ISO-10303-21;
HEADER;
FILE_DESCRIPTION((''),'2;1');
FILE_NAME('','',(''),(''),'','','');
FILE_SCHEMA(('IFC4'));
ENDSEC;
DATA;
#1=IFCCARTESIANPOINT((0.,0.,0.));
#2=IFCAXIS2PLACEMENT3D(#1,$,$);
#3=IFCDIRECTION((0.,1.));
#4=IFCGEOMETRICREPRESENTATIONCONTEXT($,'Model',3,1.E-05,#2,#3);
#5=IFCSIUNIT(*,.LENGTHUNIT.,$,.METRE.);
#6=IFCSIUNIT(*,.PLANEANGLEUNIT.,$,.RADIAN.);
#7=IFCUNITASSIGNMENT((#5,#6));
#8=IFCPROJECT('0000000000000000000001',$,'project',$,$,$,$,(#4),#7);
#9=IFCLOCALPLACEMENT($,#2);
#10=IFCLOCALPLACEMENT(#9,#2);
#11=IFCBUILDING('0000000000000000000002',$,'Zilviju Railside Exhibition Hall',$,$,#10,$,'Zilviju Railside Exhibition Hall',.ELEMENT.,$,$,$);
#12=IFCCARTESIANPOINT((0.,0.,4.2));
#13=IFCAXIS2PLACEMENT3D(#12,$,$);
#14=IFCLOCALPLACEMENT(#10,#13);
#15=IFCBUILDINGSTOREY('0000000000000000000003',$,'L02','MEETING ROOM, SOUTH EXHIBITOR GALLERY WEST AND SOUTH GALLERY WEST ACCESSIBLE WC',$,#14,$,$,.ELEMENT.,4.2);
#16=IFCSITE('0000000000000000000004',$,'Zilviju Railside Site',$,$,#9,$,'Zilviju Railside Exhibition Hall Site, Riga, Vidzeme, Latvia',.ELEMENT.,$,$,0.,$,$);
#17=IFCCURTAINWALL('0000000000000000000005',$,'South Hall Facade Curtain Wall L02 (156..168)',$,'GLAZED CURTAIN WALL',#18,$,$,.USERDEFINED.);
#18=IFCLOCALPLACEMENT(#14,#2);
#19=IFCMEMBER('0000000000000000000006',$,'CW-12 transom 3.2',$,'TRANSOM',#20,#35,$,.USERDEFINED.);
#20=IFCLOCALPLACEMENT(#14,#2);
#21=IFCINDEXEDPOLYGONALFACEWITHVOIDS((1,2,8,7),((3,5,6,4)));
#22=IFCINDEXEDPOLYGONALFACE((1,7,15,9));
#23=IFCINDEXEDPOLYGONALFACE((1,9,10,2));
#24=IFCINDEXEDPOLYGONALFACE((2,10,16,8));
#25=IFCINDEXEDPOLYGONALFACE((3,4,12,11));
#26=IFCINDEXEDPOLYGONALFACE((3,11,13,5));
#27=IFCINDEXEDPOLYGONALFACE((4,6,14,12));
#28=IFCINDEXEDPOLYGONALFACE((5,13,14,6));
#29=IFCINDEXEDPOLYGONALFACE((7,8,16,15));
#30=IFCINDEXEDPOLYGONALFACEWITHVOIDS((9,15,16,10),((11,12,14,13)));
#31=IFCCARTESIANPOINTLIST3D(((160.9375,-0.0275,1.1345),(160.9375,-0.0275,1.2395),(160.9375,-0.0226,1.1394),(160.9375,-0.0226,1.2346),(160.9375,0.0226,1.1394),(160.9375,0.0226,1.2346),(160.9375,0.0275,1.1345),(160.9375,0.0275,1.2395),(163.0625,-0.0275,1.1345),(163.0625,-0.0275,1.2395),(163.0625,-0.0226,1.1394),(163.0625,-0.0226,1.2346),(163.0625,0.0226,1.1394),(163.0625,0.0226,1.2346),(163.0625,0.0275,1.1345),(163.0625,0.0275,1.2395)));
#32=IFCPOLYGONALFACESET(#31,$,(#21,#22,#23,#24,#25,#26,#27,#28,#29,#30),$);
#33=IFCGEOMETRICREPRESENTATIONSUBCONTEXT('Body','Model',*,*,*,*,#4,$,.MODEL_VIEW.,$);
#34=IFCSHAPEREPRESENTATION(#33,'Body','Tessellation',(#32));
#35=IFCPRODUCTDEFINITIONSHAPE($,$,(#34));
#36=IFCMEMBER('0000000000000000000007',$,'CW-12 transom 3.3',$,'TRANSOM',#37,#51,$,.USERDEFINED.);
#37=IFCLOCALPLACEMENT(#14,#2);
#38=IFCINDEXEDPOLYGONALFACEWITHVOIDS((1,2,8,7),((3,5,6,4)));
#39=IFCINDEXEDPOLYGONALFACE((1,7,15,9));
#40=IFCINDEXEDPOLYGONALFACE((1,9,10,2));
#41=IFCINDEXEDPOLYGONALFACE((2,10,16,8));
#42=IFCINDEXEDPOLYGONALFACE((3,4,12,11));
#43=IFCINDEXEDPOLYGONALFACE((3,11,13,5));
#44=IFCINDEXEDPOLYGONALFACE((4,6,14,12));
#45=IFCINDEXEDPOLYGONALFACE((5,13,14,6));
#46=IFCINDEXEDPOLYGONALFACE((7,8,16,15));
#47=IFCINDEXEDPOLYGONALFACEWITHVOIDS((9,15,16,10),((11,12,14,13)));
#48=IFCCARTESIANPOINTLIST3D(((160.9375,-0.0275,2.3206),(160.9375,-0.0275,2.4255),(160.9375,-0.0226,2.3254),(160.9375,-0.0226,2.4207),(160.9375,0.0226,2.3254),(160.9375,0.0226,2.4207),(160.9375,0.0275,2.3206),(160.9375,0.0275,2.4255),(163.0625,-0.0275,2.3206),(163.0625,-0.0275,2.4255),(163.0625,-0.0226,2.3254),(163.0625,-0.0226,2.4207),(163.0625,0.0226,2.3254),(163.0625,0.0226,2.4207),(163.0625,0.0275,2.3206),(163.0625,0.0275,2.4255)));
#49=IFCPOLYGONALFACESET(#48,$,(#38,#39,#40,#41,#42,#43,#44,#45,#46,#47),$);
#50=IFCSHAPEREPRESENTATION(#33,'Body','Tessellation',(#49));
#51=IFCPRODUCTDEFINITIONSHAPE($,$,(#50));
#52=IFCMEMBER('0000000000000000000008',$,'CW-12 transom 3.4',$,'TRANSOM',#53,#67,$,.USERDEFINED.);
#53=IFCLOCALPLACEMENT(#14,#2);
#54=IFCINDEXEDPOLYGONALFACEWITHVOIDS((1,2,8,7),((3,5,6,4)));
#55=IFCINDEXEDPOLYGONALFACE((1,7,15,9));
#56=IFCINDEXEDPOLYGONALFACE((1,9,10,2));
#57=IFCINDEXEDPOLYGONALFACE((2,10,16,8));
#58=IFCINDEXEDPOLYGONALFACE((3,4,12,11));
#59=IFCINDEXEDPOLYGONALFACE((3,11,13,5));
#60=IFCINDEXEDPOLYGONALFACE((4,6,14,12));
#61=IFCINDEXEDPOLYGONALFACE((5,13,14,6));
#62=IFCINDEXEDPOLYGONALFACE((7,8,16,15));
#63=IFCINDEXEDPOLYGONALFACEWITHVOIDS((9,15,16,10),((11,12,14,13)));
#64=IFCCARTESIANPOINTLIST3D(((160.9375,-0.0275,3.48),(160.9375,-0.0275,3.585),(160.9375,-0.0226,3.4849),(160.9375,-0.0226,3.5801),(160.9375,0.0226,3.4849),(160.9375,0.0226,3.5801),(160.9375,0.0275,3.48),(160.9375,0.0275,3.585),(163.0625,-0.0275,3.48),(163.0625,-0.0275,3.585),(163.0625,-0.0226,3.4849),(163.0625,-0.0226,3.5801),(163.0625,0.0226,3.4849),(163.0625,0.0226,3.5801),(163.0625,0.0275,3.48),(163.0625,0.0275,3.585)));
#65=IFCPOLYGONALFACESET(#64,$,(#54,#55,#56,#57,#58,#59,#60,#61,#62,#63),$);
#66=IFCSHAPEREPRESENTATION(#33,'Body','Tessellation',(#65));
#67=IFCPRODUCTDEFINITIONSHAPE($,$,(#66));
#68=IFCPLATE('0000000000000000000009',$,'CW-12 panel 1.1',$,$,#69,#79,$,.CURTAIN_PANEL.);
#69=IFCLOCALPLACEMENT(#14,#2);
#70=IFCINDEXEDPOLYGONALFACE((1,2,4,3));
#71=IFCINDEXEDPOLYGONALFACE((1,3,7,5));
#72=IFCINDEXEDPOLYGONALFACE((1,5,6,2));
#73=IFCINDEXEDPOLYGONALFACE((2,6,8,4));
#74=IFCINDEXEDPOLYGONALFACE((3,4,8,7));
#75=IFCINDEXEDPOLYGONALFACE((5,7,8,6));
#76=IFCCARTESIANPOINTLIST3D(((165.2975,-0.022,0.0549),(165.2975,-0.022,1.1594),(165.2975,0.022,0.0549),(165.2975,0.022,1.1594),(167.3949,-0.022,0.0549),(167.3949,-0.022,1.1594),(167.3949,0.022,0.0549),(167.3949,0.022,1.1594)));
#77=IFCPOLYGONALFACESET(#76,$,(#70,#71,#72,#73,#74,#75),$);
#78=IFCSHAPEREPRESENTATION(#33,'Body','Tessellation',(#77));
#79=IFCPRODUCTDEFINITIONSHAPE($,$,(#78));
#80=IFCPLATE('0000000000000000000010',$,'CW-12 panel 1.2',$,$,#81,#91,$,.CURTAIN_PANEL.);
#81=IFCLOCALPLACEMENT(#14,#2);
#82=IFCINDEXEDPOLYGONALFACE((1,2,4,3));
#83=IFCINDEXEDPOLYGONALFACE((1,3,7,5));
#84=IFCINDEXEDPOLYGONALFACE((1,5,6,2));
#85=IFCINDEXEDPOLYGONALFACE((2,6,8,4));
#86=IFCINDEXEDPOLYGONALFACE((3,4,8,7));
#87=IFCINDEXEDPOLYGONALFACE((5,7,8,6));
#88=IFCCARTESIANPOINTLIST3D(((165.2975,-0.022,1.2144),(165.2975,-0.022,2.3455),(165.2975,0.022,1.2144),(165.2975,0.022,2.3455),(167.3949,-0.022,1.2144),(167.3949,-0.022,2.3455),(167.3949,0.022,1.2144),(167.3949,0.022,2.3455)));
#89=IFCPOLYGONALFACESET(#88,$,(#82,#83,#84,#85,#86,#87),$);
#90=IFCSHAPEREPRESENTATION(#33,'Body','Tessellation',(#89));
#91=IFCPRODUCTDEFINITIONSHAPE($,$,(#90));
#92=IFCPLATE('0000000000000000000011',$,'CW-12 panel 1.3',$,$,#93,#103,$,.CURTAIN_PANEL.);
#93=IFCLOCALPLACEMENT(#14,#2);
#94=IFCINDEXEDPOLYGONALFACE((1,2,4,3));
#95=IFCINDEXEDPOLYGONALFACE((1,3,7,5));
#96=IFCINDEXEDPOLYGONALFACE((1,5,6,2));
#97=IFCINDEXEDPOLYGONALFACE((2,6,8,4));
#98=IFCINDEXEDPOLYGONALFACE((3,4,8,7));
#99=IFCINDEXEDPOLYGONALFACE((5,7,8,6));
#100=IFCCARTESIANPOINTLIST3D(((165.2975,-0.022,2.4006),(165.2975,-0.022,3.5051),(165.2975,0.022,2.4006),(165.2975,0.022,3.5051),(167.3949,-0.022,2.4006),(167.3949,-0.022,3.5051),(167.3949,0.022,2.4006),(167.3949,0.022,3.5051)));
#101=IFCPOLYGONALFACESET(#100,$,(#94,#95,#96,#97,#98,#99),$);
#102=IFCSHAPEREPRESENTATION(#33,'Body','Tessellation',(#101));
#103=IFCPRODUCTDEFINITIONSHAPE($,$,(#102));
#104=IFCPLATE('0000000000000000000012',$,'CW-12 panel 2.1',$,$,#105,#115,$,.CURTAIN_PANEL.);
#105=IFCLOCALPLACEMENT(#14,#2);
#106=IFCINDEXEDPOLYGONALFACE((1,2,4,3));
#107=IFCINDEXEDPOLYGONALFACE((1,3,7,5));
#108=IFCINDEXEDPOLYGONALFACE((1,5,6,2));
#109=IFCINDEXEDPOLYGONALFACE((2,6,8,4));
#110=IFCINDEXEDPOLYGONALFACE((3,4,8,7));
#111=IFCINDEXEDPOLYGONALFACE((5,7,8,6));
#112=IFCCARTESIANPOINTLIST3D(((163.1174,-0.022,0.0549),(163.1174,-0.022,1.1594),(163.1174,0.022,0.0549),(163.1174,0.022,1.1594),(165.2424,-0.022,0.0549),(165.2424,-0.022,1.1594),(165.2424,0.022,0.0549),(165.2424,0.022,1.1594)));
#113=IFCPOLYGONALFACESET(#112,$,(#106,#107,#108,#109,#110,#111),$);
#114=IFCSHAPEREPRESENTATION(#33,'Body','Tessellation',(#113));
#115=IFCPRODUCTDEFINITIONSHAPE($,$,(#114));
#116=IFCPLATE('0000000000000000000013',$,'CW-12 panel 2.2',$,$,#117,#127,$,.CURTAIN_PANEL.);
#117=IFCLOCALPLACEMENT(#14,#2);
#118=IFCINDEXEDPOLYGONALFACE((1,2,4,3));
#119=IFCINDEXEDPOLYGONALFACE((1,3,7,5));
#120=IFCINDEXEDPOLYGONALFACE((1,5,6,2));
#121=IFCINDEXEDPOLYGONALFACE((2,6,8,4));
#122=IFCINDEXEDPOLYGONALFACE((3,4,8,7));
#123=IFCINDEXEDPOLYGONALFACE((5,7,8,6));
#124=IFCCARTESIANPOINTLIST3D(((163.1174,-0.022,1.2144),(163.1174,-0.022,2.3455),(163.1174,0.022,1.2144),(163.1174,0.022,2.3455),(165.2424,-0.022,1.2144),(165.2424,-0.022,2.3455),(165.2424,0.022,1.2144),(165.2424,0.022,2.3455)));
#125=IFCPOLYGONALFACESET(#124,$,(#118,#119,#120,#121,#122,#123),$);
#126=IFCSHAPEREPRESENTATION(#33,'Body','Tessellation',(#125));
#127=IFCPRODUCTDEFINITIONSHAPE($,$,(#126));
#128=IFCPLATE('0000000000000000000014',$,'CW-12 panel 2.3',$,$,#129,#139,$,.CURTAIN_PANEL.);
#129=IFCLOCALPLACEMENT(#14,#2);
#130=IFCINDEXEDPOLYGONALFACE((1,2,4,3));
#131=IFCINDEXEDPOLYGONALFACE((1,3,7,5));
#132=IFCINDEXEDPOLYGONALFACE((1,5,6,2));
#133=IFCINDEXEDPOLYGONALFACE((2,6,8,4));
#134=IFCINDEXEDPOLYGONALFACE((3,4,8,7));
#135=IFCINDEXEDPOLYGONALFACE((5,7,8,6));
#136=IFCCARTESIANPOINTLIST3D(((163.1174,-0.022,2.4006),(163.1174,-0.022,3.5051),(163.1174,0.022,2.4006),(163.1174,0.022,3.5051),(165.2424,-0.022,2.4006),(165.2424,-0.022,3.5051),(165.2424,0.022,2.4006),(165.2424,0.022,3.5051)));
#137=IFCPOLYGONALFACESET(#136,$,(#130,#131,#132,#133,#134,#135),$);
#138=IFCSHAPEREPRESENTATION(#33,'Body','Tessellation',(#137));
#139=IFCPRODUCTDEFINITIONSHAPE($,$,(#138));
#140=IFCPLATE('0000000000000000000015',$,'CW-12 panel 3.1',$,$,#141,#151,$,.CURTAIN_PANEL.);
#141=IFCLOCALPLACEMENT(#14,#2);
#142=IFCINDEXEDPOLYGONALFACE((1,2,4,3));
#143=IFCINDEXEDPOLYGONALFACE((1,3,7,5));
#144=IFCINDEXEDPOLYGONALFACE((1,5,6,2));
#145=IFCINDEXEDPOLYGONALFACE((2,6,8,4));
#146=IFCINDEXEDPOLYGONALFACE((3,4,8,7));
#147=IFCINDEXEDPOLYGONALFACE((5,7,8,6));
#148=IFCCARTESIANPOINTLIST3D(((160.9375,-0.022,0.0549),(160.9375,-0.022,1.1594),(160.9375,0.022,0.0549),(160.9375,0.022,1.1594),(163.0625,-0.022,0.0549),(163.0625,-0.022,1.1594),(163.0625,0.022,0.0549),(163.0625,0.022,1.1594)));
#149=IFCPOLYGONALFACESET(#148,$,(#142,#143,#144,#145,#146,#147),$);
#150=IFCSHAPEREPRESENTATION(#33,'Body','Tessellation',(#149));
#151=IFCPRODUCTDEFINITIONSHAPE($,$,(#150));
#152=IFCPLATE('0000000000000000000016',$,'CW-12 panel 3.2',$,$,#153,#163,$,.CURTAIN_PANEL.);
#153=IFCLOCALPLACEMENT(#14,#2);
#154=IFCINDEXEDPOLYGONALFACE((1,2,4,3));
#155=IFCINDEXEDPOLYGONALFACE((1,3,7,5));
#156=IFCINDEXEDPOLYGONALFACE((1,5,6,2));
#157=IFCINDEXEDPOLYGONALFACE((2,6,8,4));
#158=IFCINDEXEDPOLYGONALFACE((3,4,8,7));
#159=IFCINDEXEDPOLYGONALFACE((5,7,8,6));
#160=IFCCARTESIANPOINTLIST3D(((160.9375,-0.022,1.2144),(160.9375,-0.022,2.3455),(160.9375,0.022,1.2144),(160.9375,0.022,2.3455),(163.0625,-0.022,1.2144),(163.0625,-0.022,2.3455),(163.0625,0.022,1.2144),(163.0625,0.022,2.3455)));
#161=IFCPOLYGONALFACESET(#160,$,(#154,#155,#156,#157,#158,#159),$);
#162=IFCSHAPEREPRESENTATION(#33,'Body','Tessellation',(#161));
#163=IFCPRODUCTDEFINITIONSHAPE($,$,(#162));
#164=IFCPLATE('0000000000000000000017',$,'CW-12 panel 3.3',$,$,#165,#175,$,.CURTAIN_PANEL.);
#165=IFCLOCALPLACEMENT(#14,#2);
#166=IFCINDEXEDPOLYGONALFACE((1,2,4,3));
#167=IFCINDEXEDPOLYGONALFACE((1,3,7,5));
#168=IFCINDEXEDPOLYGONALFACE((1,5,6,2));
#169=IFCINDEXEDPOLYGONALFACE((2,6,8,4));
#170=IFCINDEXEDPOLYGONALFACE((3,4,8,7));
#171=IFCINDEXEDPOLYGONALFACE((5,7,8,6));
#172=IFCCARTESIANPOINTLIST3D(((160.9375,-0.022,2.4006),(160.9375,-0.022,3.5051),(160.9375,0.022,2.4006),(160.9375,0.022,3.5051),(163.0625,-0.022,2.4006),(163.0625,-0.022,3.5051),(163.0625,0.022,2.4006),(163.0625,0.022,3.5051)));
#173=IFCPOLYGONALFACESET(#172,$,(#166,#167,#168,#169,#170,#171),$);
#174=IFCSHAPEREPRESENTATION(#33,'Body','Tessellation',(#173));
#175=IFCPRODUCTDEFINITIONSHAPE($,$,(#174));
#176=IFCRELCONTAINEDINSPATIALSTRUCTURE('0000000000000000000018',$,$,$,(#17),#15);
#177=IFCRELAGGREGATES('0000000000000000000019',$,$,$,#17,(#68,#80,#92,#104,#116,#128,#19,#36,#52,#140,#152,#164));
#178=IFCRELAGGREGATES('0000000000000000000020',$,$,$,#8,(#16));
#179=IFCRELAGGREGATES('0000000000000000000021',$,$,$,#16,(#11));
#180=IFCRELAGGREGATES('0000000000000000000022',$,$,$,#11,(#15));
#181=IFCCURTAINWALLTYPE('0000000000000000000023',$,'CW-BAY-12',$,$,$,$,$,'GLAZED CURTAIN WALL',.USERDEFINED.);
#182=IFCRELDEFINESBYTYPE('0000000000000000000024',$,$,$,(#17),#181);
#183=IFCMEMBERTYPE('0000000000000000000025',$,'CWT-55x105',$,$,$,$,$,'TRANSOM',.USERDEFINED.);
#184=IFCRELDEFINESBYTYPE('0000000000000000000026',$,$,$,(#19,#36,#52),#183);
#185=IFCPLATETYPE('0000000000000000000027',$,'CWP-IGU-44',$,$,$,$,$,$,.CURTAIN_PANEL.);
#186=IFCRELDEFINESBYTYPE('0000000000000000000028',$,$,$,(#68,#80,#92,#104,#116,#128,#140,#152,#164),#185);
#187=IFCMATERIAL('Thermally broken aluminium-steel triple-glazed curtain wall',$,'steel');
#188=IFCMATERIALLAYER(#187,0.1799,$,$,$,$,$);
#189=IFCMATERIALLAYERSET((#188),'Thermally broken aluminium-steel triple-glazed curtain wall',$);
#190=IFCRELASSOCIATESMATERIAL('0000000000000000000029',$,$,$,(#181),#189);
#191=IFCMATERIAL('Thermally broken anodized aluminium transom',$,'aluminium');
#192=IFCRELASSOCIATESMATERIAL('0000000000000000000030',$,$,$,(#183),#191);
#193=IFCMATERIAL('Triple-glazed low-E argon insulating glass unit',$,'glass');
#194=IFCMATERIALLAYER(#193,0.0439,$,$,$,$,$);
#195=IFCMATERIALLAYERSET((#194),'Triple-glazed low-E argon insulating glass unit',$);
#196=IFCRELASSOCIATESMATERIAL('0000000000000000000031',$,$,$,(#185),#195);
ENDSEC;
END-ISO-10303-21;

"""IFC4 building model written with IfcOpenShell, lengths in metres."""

from ifc_helpers import new_model, si_unit, direction, frame, origin, origin_2d, place, context, subcontext, project, spatial, rectangle, hollow_rectangle, extrude, material, layer, layer_set, material_profile, profile_set, type_object, element, aggregate, save


model = new_model("IFC4")

# Units and contexts
model_context = context("Model", 3, precision=1e-05, world=origin(), true_north=direction((0.0, 1.0)))
body_context = subcontext(model_context, "Body", "Model", "MODEL_VIEW")
ifc_project = project(units=[si_unit("LENGTHUNIT", "METRE"), si_unit("PLANEANGLEUNIT", "RADIAN")], contexts=[model_context])

# Site, building, storey
site_placement = place(None, origin())
site = spatial("IfcSite", under=ifc_project, at=site_placement, Name="Zilviju Railside Site", LongName="Zilviju Railside Exhibition Hall Site, Riga, Vidzeme, Latvia", CompositionType="ELEMENT", RefElevation=0.0)
building_placement = place(site_placement, origin())
building = spatial("IfcBuilding", under=site, at=building_placement, Name="Zilviju Railside Exhibition Hall", LongName="Zilviju Railside Exhibition Hall", CompositionType="ELEMENT")
storey_placement = place(building_placement, frame((0.0, 0.0, 4.2)))
storey = spatial("IfcBuildingStorey", under=building, at=storey_placement, Name="L02", Description="MEETING ROOM, SOUTH EXHIBITOR GALLERY WEST AND SOUTH GALLERY WEST ACCESSIBLE WC", CompositionType="ELEMENT", Elevation=4.2)

# Curtain wall, members, plates
ifc_material_1 = material(Name="Thermally broken aluminium-steel triple-glazed curtain wall", Category="steel")
ifc_layer_1 = layer(ifc_material_1, 0.1799)
ifc_layer_set_1 = layer_set([ifc_layer_1], Name="Thermally broken aluminium-steel triple-glazed curtain wall")
curtain_wall_type = type_object("IfcCurtainWallType", Name="CW-BAY-12", ElementType="GLAZED CURTAIN WALL", PredefinedType="USERDEFINED", material=ifc_layer_set_1)
curtain_wall_placement = place(storey_placement, origin())
curtain_wall = element("IfcCurtainWall", 1, at=curtain_wall_placement, inside=storey, type_object=curtain_wall_type, Name="South Hall Facade Curtain Wall L02 (156..168)", ObjectType="GLAZED CURTAIN WALL", PredefinedType="USERDEFINED")
ifc_material_2 = material(Name="Thermally broken anodized aluminium transom", Category="aluminium")
ifc_material_profile_1 = material_profile(ifc_material_2, hollow_rectangle(XDim=0.0549, YDim=0.105, WallThickness=0.0049, at=origin_2d()), Name="TRANSOM 105x55x5")
ifc_profile_set_1 = profile_set([ifc_material_profile_1], Name="Thermally broken anodized aluminium transom")
member_type_1 = type_object("IfcMemberType", Name="CWT-55x105", ElementType="TRANSOM", PredefinedType="USERDEFINED", material=ifc_profile_set_1)
member_1_placement = place(storey_placement, frame((163.0625, 0.0, 1.187), z_axis=(-1.0, 0.0, 0.0), x_axis=(0.0, -1.0, 0.0)))
member_1 = element("IfcMember", 2, at=member_1_placement, type_object=member_type_1, Name="CW-12 transom 3.2", ObjectType="TRANSOM", PredefinedType="USERDEFINED", context=body_context, shape_type="SweptSolid", body=[
    extrude(hollow_rectangle(XDim=0.0549, YDim=0.105, WallThickness=0.0049, at=origin_2d()), origin(), (0.0, 0.0, 1.0), 2.125),
])
member_2_placement = place(storey_placement, frame((163.0625, 0.0, 2.373), z_axis=(-1.0, 0.0, 0.0), x_axis=(0.0, -1.0, 0.0)))
member_2 = element("IfcMember", 3, at=member_2_placement, type_object=member_type_1, Name="CW-12 transom 3.3", ObjectType="TRANSOM", PredefinedType="USERDEFINED", context=body_context, shape_type="SweptSolid", body=[
    extrude(hollow_rectangle(XDim=0.0549, YDim=0.105, WallThickness=0.0049, at=origin_2d()), origin(), (0.0, 0.0, 1.0), 2.125),
])
member_3_placement = place(storey_placement, frame((163.0625, 0.0, 3.5325), z_axis=(-1.0, 0.0, 0.0), x_axis=(0.0, -1.0, 0.0)))
member_3 = element("IfcMember", 4, at=member_3_placement, type_object=member_type_1, Name="CW-12 transom 3.4", ObjectType="TRANSOM", PredefinedType="USERDEFINED", context=body_context, shape_type="SweptSolid", body=[
    extrude(hollow_rectangle(XDim=0.0549, YDim=0.105, WallThickness=0.0049, at=origin_2d()), origin(), (0.0, 0.0, 1.0), 2.125),
])
ifc_material_3 = material(Name="Triple-glazed low-E argon insulating glass unit", Category="glass")
ifc_layer_2 = layer(ifc_material_3, 0.0439)
ifc_layer_set_2 = layer_set([ifc_layer_2], Name="Triple-glazed low-E argon insulating glass unit")
plate_type = type_object("IfcPlateType", Name="CWP-IGU-44", PredefinedType="CURTAIN_PANEL", material=ifc_layer_set_2)
plate_1_placement = place(storey_placement, frame((166.3462, 0.0, 0.0549), z_axis=(0.0, 0.0, 1.0), x_axis=(-1.0, 0.0, 0.0)))
plate_1 = element("IfcPlate", 5, at=plate_1_placement, type_object=plate_type, Name="CW-12 panel 1.1", PredefinedType="CURTAIN_PANEL", context=body_context, shape_type="SweptSolid", body=[
    extrude(rectangle(XDim=2.0974, YDim=0.0439, at=origin_2d()), origin(), (0.0, 0.0, 1.0), 1.1045),
])
plate_2_placement = place(storey_placement, frame((166.3462, 0.0, 1.2144), z_axis=(0.0, 0.0, 1.0), x_axis=(-1.0, 0.0, 0.0)))
plate_2 = element("IfcPlate", 6, at=plate_2_placement, type_object=plate_type, Name="CW-12 panel 1.2", PredefinedType="CURTAIN_PANEL", context=body_context, shape_type="SweptSolid", body=[
    extrude(rectangle(XDim=2.0974, YDim=0.0439, at=origin_2d()), origin(), (0.0, 0.0, 1.0), 1.1311),
])
plate_3_placement = place(storey_placement, frame((166.3462, 0.0, 2.4006), z_axis=(0.0, 0.0, 1.0), x_axis=(-1.0, 0.0, 0.0)))
plate_3 = element("IfcPlate", 7, at=plate_3_placement, type_object=plate_type, Name="CW-12 panel 1.3", PredefinedType="CURTAIN_PANEL", context=body_context, shape_type="SweptSolid", body=[
    extrude(rectangle(XDim=2.0974, YDim=0.0439, at=origin_2d()), origin(), (0.0, 0.0, 1.0), 1.1045),
])
plate_4_placement = place(storey_placement, frame((164.1799, 0.0, 0.0549), z_axis=(0.0, 0.0, 1.0), x_axis=(-1.0, 0.0, 0.0)))
plate_4 = element("IfcPlate", 8, at=plate_4_placement, type_object=plate_type, Name="CW-12 panel 2.1", PredefinedType="CURTAIN_PANEL", context=body_context, shape_type="SweptSolid", body=[
    extrude(rectangle(XDim=2.125, YDim=0.0439, at=origin_2d()), origin(), (0.0, 0.0, 1.0), 1.1045),
])
plate_5_placement = place(storey_placement, frame((164.1799, 0.0, 1.2144), z_axis=(0.0, 0.0, 1.0), x_axis=(-1.0, 0.0, 0.0)))
plate_5 = element("IfcPlate", 9, at=plate_5_placement, type_object=plate_type, Name="CW-12 panel 2.2", PredefinedType="CURTAIN_PANEL", context=body_context, shape_type="SweptSolid", body=[
    extrude(rectangle(XDim=2.125, YDim=0.0439, at=origin_2d()), origin(), (0.0, 0.0, 1.0), 1.1311),
])
plate_6_placement = place(storey_placement, frame((164.1799, 0.0, 2.4006), z_axis=(0.0, 0.0, 1.0), x_axis=(-1.0, 0.0, 0.0)))
plate_6 = element("IfcPlate", 10, at=plate_6_placement, type_object=plate_type, Name="CW-12 panel 2.3", PredefinedType="CURTAIN_PANEL", context=body_context, shape_type="SweptSolid", body=[
    extrude(rectangle(XDim=2.125, YDim=0.0439, at=origin_2d()), origin(), (0.0, 0.0, 1.0), 1.1045),
])
plate_7_placement = place(storey_placement, frame((162.0, 0.0, 0.0549), z_axis=(0.0, 0.0, 1.0), x_axis=(-1.0, 0.0, 0.0)))
plate_7 = element("IfcPlate", 11, at=plate_7_placement, type_object=plate_type, Name="CW-12 panel 3.1", PredefinedType="CURTAIN_PANEL", context=body_context, shape_type="SweptSolid", body=[
    extrude(rectangle(XDim=2.125, YDim=0.0439, at=origin_2d()), origin(), (0.0, 0.0, 1.0), 1.1045),
])
plate_8_placement = place(storey_placement, frame((162.0, 0.0, 1.2144), z_axis=(0.0, 0.0, 1.0), x_axis=(-1.0, 0.0, 0.0)))
plate_8 = element("IfcPlate", 12, at=plate_8_placement, type_object=plate_type, Name="CW-12 panel 3.2", PredefinedType="CURTAIN_PANEL", context=body_context, shape_type="SweptSolid", body=[
    extrude(rectangle(XDim=2.125, YDim=0.0439, at=origin_2d()), origin(), (0.0, 0.0, 1.0), 1.1311),
])
plate_9_placement = place(storey_placement, frame((162.0, 0.0, 2.4006), z_axis=(0.0, 0.0, 1.0), x_axis=(-1.0, 0.0, 0.0)))
plate_9 = element("IfcPlate", 13, at=plate_9_placement, type_object=plate_type, Name="CW-12 panel 3.3", PredefinedType="CURTAIN_PANEL", context=body_context, shape_type="SweptSolid", body=[
    extrude(rectangle(XDim=2.125, YDim=0.0439, at=origin_2d()), origin(), (0.0, 0.0, 1.0), 1.1045),
])
aggregate(curtain_wall, [plate_1, plate_2, plate_3, plate_4, plate_5, plate_6, member_1, member_2, member_3, plate_7, plate_8, plate_9])

save(model, "model.ifc")
